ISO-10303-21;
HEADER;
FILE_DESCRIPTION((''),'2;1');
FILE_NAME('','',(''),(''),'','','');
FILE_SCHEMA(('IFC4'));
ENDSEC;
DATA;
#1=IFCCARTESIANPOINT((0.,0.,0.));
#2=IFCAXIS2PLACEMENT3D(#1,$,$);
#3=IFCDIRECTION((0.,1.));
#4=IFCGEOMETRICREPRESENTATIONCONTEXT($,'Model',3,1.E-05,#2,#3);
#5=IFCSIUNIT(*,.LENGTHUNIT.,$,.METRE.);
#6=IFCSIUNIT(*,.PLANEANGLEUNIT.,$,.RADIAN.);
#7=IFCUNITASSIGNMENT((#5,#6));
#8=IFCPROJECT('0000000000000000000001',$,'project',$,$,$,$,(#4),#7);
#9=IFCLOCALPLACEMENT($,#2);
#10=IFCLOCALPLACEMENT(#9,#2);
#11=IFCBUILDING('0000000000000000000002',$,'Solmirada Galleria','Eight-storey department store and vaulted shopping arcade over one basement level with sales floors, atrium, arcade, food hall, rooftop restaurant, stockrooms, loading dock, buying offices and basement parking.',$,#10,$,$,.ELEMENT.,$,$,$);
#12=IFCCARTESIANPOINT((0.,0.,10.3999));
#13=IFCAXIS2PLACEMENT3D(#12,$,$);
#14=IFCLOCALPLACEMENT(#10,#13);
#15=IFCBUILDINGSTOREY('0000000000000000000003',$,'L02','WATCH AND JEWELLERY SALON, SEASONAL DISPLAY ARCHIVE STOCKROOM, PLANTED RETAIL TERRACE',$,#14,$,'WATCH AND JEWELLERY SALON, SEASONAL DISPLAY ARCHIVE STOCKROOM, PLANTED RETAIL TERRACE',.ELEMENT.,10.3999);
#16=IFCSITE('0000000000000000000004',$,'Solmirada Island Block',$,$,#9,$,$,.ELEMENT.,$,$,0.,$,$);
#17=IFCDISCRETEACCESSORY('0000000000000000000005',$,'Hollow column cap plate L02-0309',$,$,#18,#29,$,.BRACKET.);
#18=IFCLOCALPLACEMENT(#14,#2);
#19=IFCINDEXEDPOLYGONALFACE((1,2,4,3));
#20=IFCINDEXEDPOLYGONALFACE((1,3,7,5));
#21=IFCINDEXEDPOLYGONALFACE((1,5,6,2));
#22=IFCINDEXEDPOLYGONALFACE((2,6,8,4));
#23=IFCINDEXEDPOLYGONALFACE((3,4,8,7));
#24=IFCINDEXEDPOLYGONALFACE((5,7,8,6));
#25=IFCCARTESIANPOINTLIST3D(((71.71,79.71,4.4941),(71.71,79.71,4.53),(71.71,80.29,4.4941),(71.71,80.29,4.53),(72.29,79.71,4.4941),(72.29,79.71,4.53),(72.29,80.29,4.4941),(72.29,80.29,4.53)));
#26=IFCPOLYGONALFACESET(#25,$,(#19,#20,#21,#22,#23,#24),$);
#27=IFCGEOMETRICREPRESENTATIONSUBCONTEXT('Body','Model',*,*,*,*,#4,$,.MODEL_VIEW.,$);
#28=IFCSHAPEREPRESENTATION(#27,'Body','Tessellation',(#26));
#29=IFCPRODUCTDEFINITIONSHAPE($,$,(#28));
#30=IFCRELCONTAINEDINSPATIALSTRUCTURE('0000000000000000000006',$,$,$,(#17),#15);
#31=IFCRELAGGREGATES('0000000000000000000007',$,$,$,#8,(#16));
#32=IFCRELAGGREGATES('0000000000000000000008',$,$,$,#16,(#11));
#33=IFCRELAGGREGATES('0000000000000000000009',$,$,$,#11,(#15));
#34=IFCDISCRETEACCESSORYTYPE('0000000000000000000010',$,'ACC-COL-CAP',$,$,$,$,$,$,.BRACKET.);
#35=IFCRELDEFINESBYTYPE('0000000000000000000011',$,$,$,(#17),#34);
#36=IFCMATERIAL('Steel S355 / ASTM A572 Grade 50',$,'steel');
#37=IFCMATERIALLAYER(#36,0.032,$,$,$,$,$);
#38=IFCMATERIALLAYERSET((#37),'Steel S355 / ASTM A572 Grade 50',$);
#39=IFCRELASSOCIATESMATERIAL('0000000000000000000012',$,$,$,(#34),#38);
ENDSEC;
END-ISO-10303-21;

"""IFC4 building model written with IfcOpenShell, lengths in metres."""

from ifc_helpers import new_model, si_unit, direction, frame, origin, origin_2d, place, context, subcontext, project, spatial, rectangle, extrude, material, layer, layer_set, type_object, element, save


model = new_model("IFC4")

# Units and contexts
model_context = context("Model", 3, precision=1e-05, world=origin(), true_north=direction((0.0, 1.0)))
body_context = subcontext(model_context, "Body", "Model", "MODEL_VIEW")
ifc_project = project(units=[si_unit("LENGTHUNIT", "METRE"), si_unit("PLANEANGLEUNIT", "RADIAN")], contexts=[model_context])

# Site, building, storey
site_placement = place(None, origin())
site = spatial("IfcSite", under=ifc_project, at=site_placement, Name="Solmirada Island Block", CompositionType="ELEMENT", RefElevation=0.0)
building_placement = place(site_placement, origin())
building = spatial("IfcBuilding", under=site, at=building_placement, Name="Solmirada Galleria", Description="Eight-storey department store and vaulted shopping arcade over one basement level with sales floors, atrium, arcade, food hall, rooftop restaurant, stockrooms, loading dock, buying offices and basement parking.", CompositionType="ELEMENT")
storey_placement = place(building_placement, frame((0.0, 0.0, 10.3999)))
storey = spatial("IfcBuildingStorey", under=building, at=storey_placement, Name="L02", Description="WATCH AND JEWELLERY SALON, SEASONAL DISPLAY ARCHIVE STOCKROOM, PLANTED RETAIL TERRACE", LongName="WATCH AND JEWELLERY SALON, SEASONAL DISPLAY ARCHIVE STOCKROOM, PLANTED RETAIL TERRACE", CompositionType="ELEMENT", Elevation=10.3999)

# Discrete accessory
ifc_material_1 = material(Name="Steel S355 / ASTM A572 Grade 50", Category="steel")
ifc_layer_1 = layer(ifc_material_1, 0.032)
ifc_layer_set_1 = layer_set([ifc_layer_1], Name="Steel S355 / ASTM A572 Grade 50")
discrete_accessory_type = type_object("IfcDiscreteAccessoryType", Name="ACC-COL-CAP", PredefinedType="BRACKET", material=ifc_layer_set_1)
for number, where, z_axis, x_axis, name in (
    (1, (72.0, 80.0, 4.4941), (0.0, 0.0, 1.0), (1.0, 0.0, 0.0), "Hollow column cap plate L02-0309"),
):
    element("IfcDiscreteAccessory", number, at=place(storey_placement, frame(where, z_axis=z_axis, x_axis=x_axis)), inside=storey, type_object=discrete_accessory_type, Name=name, PredefinedType="BRACKET", context=body_context, shape_type="SweptSolid", body=[
        extrude(rectangle(XDim=0.5801, YDim=0.5801, at=origin_2d()), origin(), (0.0, 0.0, 1.0), 0.0359),
    ])

save(model, "model.ifc")
